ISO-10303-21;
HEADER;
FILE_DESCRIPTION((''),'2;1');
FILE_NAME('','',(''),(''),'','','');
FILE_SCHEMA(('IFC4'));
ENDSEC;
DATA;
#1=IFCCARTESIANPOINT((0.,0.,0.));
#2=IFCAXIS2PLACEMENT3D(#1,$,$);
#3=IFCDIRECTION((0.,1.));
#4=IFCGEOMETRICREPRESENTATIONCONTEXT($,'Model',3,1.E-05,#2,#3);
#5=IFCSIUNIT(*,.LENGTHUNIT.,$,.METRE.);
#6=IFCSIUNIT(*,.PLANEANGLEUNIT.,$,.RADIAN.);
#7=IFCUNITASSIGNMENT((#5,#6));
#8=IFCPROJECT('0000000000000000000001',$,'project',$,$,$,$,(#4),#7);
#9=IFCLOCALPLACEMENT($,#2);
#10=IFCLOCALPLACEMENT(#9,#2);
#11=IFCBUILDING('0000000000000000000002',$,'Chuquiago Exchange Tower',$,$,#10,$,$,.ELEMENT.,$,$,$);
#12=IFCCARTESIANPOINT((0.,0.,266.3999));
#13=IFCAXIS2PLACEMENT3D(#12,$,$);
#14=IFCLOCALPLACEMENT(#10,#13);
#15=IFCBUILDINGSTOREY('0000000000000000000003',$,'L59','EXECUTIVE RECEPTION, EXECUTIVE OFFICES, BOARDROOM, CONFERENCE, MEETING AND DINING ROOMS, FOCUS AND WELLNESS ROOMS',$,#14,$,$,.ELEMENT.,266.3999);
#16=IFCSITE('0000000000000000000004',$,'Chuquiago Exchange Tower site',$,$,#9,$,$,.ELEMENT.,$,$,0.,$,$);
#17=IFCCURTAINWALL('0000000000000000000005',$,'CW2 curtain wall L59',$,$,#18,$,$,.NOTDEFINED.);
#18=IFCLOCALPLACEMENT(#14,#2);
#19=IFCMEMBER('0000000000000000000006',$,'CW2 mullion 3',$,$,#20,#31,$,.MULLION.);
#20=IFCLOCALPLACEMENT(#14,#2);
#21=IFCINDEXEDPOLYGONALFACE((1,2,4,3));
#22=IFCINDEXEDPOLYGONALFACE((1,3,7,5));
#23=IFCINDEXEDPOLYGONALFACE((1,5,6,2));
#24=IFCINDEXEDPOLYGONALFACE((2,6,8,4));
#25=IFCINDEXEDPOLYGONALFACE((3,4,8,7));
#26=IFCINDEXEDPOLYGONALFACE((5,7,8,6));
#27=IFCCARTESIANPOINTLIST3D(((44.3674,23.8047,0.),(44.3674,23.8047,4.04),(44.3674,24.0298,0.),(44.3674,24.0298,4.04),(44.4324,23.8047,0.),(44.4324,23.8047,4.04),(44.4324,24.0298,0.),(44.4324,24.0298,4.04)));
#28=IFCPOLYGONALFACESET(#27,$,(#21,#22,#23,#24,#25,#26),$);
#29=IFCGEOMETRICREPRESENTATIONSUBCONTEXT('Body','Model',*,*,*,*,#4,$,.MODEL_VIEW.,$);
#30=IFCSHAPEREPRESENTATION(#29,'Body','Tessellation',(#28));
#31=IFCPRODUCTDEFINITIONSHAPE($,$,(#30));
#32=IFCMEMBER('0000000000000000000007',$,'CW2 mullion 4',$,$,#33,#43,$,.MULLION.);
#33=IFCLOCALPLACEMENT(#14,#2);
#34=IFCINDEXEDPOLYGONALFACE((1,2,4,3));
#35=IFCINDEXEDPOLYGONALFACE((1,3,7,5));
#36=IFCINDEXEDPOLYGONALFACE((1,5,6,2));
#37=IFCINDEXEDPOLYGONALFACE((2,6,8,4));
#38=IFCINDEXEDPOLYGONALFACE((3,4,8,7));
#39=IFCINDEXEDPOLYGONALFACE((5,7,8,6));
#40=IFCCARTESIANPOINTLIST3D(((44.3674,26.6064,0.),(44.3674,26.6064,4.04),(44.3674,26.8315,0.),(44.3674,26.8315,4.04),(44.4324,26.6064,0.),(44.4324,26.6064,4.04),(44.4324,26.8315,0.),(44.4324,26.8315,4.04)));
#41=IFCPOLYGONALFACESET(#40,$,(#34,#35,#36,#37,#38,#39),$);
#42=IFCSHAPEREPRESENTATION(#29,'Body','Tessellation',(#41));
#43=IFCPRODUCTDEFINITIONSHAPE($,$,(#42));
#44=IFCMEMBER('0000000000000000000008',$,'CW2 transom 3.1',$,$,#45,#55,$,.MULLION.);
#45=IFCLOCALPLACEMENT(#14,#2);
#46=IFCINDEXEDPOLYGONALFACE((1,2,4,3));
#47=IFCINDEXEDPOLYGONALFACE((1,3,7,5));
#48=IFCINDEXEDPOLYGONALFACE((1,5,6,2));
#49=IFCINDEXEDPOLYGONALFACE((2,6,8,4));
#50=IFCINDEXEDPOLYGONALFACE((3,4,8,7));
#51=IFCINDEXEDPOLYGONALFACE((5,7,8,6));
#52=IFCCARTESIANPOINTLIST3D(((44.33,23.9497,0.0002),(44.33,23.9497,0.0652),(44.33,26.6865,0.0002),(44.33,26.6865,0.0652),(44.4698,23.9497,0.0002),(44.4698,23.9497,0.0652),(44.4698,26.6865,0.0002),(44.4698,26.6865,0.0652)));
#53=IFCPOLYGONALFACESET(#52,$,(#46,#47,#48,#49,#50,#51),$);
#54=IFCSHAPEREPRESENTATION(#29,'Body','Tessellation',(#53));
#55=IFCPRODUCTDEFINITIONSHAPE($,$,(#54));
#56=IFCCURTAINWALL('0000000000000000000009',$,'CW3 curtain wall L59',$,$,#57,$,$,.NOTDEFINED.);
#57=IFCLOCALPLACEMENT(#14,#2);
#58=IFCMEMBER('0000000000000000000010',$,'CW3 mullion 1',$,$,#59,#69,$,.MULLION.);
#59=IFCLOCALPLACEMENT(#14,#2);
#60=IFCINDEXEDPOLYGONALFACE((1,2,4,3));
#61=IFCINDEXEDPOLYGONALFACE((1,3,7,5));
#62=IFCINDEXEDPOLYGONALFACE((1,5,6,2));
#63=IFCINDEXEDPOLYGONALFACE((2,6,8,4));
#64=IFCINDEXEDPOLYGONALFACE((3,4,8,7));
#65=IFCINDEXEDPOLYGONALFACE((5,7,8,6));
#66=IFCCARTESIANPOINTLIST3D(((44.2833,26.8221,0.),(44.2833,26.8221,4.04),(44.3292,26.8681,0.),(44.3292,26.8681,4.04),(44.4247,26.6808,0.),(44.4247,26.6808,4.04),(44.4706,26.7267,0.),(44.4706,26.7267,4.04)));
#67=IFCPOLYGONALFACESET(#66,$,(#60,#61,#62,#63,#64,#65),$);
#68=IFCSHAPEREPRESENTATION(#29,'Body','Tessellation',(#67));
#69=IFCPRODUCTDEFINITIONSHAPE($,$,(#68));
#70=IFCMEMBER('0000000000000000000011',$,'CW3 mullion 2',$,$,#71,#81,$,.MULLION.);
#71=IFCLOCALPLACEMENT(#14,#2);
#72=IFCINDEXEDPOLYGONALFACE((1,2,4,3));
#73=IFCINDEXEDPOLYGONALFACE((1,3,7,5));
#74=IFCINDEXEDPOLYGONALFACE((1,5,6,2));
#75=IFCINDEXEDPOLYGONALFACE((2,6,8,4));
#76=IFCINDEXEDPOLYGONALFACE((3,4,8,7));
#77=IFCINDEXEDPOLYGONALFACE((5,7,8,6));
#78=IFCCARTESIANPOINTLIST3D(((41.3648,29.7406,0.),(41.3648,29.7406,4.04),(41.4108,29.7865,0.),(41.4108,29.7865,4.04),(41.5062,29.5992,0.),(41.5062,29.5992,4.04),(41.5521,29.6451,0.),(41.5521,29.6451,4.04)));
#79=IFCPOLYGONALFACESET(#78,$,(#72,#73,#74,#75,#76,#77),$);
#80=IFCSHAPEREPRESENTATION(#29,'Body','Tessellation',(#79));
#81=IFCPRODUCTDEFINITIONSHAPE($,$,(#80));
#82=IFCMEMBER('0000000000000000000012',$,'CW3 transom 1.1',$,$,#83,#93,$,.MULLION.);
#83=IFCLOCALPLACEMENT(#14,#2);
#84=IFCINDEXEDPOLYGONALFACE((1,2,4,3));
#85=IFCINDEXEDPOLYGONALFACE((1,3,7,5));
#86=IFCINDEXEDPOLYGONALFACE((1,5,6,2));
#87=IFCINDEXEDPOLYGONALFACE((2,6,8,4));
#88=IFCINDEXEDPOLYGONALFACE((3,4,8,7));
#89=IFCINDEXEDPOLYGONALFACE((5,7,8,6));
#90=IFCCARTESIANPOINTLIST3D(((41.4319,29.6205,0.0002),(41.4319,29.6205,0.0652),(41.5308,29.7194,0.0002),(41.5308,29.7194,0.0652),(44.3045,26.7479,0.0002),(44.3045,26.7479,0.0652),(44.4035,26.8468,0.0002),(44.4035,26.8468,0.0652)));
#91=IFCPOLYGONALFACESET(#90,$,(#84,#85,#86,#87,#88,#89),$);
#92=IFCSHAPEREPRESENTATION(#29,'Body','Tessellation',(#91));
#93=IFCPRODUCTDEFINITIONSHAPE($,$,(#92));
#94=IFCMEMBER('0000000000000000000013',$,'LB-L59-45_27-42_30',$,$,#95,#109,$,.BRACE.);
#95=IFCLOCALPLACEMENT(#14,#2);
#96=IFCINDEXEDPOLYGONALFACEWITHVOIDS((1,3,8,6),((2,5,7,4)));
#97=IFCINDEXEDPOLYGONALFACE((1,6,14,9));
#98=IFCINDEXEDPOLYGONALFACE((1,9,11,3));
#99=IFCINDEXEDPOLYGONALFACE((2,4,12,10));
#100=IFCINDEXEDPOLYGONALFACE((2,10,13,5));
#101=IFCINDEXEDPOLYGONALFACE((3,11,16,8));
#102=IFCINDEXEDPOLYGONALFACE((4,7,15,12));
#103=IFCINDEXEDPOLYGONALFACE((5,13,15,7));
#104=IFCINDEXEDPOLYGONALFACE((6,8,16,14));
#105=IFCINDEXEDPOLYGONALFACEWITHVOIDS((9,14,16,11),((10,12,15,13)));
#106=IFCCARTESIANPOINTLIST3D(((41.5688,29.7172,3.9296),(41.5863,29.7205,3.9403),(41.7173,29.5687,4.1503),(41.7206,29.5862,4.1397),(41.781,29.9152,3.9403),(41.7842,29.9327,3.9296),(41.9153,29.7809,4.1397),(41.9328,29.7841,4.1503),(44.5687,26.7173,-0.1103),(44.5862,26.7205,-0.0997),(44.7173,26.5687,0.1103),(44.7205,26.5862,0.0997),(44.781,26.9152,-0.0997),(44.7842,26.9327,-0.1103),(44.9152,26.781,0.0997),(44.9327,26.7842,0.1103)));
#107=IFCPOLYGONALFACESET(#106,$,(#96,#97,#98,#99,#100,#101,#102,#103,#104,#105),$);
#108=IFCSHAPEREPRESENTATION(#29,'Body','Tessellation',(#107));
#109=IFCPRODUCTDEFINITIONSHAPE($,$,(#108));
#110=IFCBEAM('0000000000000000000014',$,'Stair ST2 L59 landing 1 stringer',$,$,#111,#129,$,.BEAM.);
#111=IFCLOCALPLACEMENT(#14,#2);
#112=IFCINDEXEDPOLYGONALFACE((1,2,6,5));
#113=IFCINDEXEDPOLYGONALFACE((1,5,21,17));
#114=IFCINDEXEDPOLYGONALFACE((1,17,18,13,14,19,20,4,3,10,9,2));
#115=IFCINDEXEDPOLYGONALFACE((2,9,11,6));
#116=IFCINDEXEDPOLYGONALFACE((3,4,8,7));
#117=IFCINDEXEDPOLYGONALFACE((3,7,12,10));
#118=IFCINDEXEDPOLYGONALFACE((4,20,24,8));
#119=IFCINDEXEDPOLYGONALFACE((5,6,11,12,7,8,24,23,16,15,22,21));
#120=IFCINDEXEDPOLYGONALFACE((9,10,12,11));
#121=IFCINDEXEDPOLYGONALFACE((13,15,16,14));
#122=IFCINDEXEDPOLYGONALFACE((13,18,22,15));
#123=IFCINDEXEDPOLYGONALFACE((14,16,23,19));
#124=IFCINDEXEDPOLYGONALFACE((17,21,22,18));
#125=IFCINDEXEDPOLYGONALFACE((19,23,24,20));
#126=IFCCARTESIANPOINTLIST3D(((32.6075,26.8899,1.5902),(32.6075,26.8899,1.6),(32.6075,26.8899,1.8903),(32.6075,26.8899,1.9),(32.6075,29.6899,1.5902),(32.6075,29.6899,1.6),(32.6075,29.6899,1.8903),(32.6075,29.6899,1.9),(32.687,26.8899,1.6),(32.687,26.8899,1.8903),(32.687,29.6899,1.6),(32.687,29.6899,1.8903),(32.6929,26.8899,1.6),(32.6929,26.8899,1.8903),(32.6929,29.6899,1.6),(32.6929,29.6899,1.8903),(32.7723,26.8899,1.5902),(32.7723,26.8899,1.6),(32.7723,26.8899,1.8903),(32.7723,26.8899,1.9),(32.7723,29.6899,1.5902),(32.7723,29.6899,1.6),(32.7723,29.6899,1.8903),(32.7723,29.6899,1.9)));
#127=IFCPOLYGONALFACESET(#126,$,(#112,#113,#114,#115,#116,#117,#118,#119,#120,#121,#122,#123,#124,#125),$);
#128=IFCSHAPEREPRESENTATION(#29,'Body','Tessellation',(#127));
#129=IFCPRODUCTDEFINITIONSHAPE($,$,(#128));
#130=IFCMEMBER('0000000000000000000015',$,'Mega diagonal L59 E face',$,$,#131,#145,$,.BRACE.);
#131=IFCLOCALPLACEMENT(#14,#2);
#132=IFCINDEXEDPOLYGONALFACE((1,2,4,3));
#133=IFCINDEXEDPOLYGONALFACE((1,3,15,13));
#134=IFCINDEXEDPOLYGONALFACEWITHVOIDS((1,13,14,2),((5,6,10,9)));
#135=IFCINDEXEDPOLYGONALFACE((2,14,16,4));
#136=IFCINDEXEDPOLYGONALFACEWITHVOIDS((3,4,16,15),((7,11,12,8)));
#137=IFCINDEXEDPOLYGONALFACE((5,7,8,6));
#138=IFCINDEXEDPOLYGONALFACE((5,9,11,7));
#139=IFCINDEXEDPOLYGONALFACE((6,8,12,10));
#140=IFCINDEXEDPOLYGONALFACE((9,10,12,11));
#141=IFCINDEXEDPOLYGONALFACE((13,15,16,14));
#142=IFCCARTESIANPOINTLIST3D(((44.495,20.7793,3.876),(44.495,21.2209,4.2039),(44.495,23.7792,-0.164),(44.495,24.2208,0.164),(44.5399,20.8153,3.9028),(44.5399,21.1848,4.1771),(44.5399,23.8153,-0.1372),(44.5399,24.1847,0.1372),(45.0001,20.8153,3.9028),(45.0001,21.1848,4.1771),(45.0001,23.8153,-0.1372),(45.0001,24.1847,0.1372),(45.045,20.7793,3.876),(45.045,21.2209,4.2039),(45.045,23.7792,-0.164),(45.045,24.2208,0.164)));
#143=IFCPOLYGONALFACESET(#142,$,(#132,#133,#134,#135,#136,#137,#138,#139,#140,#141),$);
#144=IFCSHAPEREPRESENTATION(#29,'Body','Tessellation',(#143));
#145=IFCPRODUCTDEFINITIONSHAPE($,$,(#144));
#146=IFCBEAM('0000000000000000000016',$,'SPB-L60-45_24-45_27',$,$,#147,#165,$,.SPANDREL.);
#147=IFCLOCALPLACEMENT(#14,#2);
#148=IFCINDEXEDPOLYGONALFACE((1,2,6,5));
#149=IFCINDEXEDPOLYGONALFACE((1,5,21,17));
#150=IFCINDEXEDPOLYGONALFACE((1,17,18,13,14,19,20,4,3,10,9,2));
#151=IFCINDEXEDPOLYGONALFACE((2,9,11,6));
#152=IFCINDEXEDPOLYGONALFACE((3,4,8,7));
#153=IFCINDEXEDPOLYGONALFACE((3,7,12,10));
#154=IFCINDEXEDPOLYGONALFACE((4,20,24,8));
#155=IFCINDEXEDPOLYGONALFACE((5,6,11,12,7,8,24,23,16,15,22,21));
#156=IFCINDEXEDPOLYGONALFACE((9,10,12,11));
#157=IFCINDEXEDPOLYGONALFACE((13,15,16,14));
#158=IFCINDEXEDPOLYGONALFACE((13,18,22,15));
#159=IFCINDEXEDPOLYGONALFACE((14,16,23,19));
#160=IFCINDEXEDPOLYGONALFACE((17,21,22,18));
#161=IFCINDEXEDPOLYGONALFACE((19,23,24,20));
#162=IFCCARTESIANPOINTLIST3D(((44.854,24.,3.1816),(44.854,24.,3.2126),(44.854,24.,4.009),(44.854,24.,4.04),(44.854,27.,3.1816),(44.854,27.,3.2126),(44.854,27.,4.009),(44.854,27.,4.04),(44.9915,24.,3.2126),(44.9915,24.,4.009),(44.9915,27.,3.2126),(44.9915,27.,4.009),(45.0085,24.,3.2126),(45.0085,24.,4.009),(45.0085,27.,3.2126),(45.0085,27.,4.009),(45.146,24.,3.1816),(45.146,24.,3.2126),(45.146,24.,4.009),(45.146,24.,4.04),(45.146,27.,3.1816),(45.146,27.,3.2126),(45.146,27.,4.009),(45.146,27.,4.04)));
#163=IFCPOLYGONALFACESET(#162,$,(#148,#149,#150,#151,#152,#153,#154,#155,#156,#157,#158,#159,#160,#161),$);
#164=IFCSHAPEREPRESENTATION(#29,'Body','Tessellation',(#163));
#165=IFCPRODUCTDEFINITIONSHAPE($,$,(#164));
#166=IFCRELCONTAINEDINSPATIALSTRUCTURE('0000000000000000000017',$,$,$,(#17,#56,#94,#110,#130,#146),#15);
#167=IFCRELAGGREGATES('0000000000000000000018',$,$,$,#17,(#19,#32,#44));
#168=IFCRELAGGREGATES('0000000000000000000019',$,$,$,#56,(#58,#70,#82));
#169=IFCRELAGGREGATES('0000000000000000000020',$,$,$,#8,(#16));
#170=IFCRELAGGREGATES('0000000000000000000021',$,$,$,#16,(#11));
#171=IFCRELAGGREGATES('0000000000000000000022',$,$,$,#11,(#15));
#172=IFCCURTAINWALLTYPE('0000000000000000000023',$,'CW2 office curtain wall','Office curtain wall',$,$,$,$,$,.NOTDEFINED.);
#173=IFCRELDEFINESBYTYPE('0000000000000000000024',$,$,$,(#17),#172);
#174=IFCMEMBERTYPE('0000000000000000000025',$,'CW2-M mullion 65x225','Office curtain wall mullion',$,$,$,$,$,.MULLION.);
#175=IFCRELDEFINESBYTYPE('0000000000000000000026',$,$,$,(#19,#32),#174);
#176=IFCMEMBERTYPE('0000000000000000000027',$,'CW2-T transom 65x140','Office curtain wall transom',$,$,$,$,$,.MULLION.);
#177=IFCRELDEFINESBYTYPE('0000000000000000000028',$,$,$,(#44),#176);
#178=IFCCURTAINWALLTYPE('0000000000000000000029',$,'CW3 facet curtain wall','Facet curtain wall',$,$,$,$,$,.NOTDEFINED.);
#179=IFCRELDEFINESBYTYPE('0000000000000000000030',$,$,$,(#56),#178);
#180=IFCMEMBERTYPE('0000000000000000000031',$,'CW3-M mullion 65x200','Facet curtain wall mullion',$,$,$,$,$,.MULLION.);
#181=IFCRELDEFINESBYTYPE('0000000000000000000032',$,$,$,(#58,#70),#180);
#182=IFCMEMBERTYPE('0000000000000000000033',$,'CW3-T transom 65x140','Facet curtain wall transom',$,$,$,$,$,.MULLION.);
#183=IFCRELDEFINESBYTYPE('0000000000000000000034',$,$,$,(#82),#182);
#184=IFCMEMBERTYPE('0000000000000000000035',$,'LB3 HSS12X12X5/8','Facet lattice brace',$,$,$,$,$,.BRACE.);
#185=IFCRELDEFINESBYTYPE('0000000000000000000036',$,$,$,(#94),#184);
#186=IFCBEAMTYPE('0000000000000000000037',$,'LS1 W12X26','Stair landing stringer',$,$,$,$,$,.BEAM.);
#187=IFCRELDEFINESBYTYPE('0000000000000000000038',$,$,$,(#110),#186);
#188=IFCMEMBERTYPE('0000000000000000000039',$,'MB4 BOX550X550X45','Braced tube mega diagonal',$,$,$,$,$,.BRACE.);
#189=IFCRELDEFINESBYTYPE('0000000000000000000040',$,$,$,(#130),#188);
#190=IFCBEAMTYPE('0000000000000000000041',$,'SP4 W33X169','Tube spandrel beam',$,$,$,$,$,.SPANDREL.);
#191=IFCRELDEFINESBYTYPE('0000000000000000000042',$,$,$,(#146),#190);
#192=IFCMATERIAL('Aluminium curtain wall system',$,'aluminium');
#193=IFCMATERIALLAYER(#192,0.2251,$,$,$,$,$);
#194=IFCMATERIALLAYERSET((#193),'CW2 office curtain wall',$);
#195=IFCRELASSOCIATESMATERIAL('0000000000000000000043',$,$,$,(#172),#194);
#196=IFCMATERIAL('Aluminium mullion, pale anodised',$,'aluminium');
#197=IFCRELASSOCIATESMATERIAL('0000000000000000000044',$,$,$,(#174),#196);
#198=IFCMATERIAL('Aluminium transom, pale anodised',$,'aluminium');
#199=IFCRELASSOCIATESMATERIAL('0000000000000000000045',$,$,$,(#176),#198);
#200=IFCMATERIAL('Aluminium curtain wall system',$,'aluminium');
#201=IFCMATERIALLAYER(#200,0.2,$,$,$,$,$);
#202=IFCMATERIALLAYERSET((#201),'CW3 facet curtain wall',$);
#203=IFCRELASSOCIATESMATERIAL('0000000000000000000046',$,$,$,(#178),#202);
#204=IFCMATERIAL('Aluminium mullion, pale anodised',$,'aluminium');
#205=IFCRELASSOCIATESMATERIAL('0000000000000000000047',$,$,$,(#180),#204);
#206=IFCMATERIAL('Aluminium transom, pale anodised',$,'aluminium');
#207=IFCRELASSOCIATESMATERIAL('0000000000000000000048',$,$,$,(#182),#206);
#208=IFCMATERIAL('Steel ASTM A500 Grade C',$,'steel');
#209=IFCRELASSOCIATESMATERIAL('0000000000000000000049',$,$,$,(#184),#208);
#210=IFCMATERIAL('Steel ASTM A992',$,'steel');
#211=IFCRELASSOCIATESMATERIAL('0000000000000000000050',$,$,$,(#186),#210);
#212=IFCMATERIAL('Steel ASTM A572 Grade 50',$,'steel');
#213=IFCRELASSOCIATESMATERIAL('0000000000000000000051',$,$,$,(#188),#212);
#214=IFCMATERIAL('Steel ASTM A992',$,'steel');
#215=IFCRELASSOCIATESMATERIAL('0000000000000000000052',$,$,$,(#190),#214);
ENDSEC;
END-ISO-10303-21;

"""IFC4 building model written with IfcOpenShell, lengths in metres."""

from ifc_helpers import new_model, si_unit, direction, frame, origin, origin_2d, place, context, subcontext, project, spatial, rectangle, hollow_rectangle, i_section, extrude, material, layer, layer_set, material_profile, profile_set, type_object, element, aggregate, save


model = new_model("IFC4")

# Units and contexts
model_context = context("Model", 3, precision=1e-05, world=origin(), true_north=direction((0.0, 1.0)))
body_context = subcontext(model_context, "Body", "Model", "MODEL_VIEW")
ifc_project = project(units=[si_unit("LENGTHUNIT", "METRE"), si_unit("PLANEANGLEUNIT", "RADIAN")], contexts=[model_context])

# Site, building, storey
site_placement = place(None, origin())
site = spatial("IfcSite", under=ifc_project, at=site_placement, Name="Chuquiago Exchange Tower site", CompositionType="ELEMENT", RefElevation=0.0)
building_placement = place(site_placement, origin())
building = spatial("IfcBuilding", under=site, at=building_placement, Name="Chuquiago Exchange Tower", CompositionType="ELEMENT")
storey_placement = place(building_placement, frame((0.0, 0.0, 266.3999)))
storey = spatial("IfcBuildingStorey", under=building, at=storey_placement, Name="L59", Description="EXECUTIVE RECEPTION, EXECUTIVE OFFICES, BOARDROOM, CONFERENCE, MEETING AND DINING ROOMS, FOCUS AND WELLNESS ROOMS", CompositionType="ELEMENT", Elevation=266.3999)

# Curtain walls, members
ifc_material_1 = material(Name="Aluminium curtain wall system", Category="aluminium")
ifc_layer_1 = layer(ifc_material_1, 0.2251)
ifc_layer_set_1 = layer_set([ifc_layer_1], Name="CW2 office curtain wall")
curtain_wall_type_1 = type_object("IfcCurtainWallType", Name="CW2 office curtain wall", Description="Office curtain wall", PredefinedType="NOTDEFINED", material=ifc_layer_set_1)
curtain_wall_1_placement = place(storey_placement, origin())
curtain_wall_1 = element("IfcCurtainWall", 1, at=curtain_wall_1_placement, inside=storey, type_object=curtain_wall_type_1, Name="CW2 curtain wall L59", PredefinedType="NOTDEFINED")
ifc_material_2 = material(Name="Aluminium mullion, pale anodised", Category="aluminium")
ifc_material_profile_1 = material_profile(ifc_material_2, rectangle(XDim=0.0649, YDim=0.2251, at=origin_2d()), Name="AL 65x225")
ifc_profile_set_1 = profile_set([ifc_material_profile_1], Name="Aluminium mullion, pale anodised")
member_type_1 = type_object("IfcMemberType", Name="CW2-M mullion 65x225", Description="Office curtain wall mullion", PredefinedType="MULLION", material=ifc_profile_set_1)
member_1_placement = place(storey_placement, frame((44.3999, 23.9172, 0.0), z_axis=(0.0, 0.0, 1.0), x_axis=(-1.0, 0.0, 0.0)))
member_1 = element("IfcMember", 2, at=member_1_placement, type_object=member_type_1, Name="CW2 mullion 3", PredefinedType="MULLION", context=body_context, shape_type="SweptSolid", body=[
    extrude(rectangle(XDim=0.0649, YDim=0.2251, at=origin_2d()), origin(), (0.0, 0.0, 1.0), 4.04),
])
member_2_placement = place(storey_placement, frame((44.3999, 26.719, 0.0), z_axis=(0.0, 0.0, 1.0), x_axis=(-1.0, 0.0, 0.0)))
member_2 = element("IfcMember", 3, at=member_2_placement, type_object=member_type_1, Name="CW2 mullion 4", PredefinedType="MULLION", context=body_context, shape_type="SweptSolid", body=[
    extrude(rectangle(XDim=0.0649, YDim=0.2251, at=origin_2d()), origin(), (0.0, 0.0, 1.0), 4.04),
])
ifc_material_3 = material(Name="Aluminium transom, pale anodised", Category="aluminium")
ifc_material_profile_2 = material_profile(ifc_material_3, rectangle(XDim=0.1399, YDim=0.0649, at=origin_2d()), Name="AL 140x65")
ifc_profile_set_2 = profile_set([ifc_material_profile_2], Name="Aluminium transom, pale anodised")
member_type_2 = type_object("IfcMemberType", Name="CW2-T transom 65x140", Description="Office curtain wall transom", PredefinedType="MULLION", material=ifc_profile_set_2)
member_3_placement = place(storey_placement, frame((44.3999, 23.9497, 0.0327), z_axis=(0.0, 1.0, 0.0), x_axis=(-1.0, 0.0, 0.0)))
member_3 = element("IfcMember", 4, at=member_3_placement, type_object=member_type_2, Name="CW2 transom 3.1", PredefinedType="MULLION", context=body_context, shape_type="SweptSolid", body=[
    extrude(rectangle(XDim=0.1399, YDim=0.0649, at=origin_2d()), origin(), (0.0, 0.0, 1.0), 2.7368),
])
ifc_material_4 = material(Name="Aluminium curtain wall system", Category="aluminium")
ifc_layer_2 = layer(ifc_material_4, 0.2)
ifc_layer_set_2 = layer_set([ifc_layer_2], Name="CW3 facet curtain wall")
curtain_wall_type_2 = type_object("IfcCurtainWallType", Name="CW3 facet curtain wall", Description="Facet curtain wall", PredefinedType="NOTDEFINED", material=ifc_layer_set_2)
curtain_wall_2_placement = place(storey_placement, origin())
curtain_wall_2 = element("IfcCurtainWall", 5, at=curtain_wall_2_placement, inside=storey, type_object=curtain_wall_type_2, Name="CW3 curtain wall L59", PredefinedType="NOTDEFINED")
ifc_material_5 = material(Name="Aluminium mullion, pale anodised", Category="aluminium")
ifc_material_profile_3 = material_profile(ifc_material_5, rectangle(XDim=0.0649, YDim=0.2, at=origin_2d()), Name="AL 65x200")
ifc_profile_set_3 = profile_set([ifc_material_profile_3], Name="Aluminium mullion, pale anodised")
member_type_3 = type_object("IfcMemberType", Name="CW3-M mullion 65x200", Description="Facet curtain wall mullion", PredefinedType="MULLION", material=ifc_profile_set_3)
member_4_placement = place(storey_placement, frame((44.377, 26.7744, 0.0), z_axis=(0.0, 0.0, 1.0), x_axis=(-0.707107, -0.707107, 0.0)))
member_4 = element("IfcMember", 6, at=member_4_placement, type_object=member_type_3, Name="CW3 mullion 1", PredefinedType="MULLION", context=body_context, shape_type="SweptSolid", body=[
    extrude(rectangle(XDim=0.0649, YDim=0.2, at=origin_2d()), origin(), (0.0, 0.0, 1.0), 4.04),
])
member_5_placement = place(storey_placement, frame((41.4585, 29.6929, 0.0), z_axis=(0.0, 0.0, 1.0), x_axis=(-0.707107, -0.707107, 0.0)))
member_5 = element("IfcMember", 7, at=member_5_placement, type_object=member_type_3, Name="CW3 mullion 2", PredefinedType="MULLION", context=body_context, shape_type="SweptSolid", body=[
    extrude(rectangle(XDim=0.0649, YDim=0.2, at=origin_2d()), origin(), (0.0, 0.0, 1.0), 4.04),
])
ifc_material_6 = material(Name="Aluminium transom, pale anodised", Category="aluminium")
ifc_material_profile_4 = material_profile(ifc_material_6, rectangle(XDim=0.1399, YDim=0.0649, at=origin_2d()), Name="AL 140x65")
ifc_profile_set_4 = profile_set([ifc_material_profile_4], Name="Aluminium transom, pale anodised")
member_type_4 = type_object("IfcMemberType", Name="CW3-T transom 65x140", Description="Facet curtain wall transom", PredefinedType="MULLION", material=ifc_profile_set_4)
member_6_placement = place(storey_placement, frame((44.354, 26.7974, 0.0327), z_axis=(-0.707107, 0.707107, 0.0), x_axis=(-0.707107, -0.707107, 0.0)))
member_6 = element("IfcMember", 8, at=member_6_placement, type_object=member_type_4, Name="CW3 transom 1.1", PredefinedType="MULLION", context=body_context, shape_type="SweptSolid", body=[
    extrude(rectangle(XDim=0.1399, YDim=0.0649, at=origin_2d()), origin(), (0.0, 0.0, 1.0), 4.0625),
])

# Member
ifc_material_7 = material(Name="Steel ASTM A500 Grade C", Category="steel")
ifc_material_profile_5 = material_profile(ifc_material_7, hollow_rectangle(XDim=0.3047, YDim=0.3047, WallThickness=0.0146, at=origin_2d()), Name="HSS12X12X5/8")
ifc_profile_set_5 = profile_set([ifc_material_profile_5], Name="Steel ASTM A500 Grade C")
member_type_5 = type_object("IfcMemberType", Name="LB3 HSS12X12X5/8", Description="Facet lattice brace", PredefinedType="BRACE", material=ifc_profile_set_5)
member_7_placement = place(storey_placement, frame((44.7507, 26.7507, 0.0), z_axis=(-0.512077, 0.512077, 0.689604), x_axis=(-0.707107, -0.707107, 0.0)))
element("IfcMember", 9, at=member_7_placement, inside=storey, type_object=member_type_5, Name="LB-L59-45_27-42_30", PredefinedType="BRACE", context=body_context, shape_type="SweptSolid", body=[
    extrude(hollow_rectangle(XDim=0.3047, YDim=0.3047, WallThickness=0.0146, at=origin_2d()), origin(), (0.0, 0.0, 1.0), 5.8584),
])

# Beam
ifc_material_8 = material(Name="Steel ASTM A992", Category="steel")
ifc_material_profile_6 = material_profile(ifc_material_8, i_section(OverallWidth=0.1648, OverallDepth=0.3098, WebThickness=0.0059, FlangeThickness=0.0098, at=origin_2d()), Name="W12X26")
ifc_profile_set_6 = profile_set([ifc_material_profile_6], Name="Steel ASTM A992")
beam_type_1 = type_object("IfcBeamType", Name="LS1 W12X26", Description="Stair landing stringer", PredefinedType="BEAM", material=ifc_profile_set_6)
beam_1_placement = place(storey_placement, frame((32.6899, 26.8899, 1.7451), z_axis=(0.0, 1.0, 0.0), x_axis=(-1.0, 0.0, 0.0)))
element("IfcBeam", 10, at=beam_1_placement, inside=storey, type_object=beam_type_1, Name="Stair ST2 L59 landing 1 stringer", PredefinedType="BEAM", context=body_context, shape_type="SweptSolid", body=[
    extrude(i_section(OverallWidth=0.1648, OverallDepth=0.3098, WebThickness=0.0059, FlangeThickness=0.0098, at=origin_2d()), origin(), (0.0, 0.0, 1.0), 2.8),
])

# Member
ifc_material_9 = material(Name="Steel ASTM A572 Grade 50", Category="steel")
ifc_material_profile_7 = material_profile(ifc_material_9, hollow_rectangle(XDim=0.55, YDim=0.55, WallThickness=0.0449, at=origin_2d()), Name="BOX550X550X45")
ifc_profile_set_7 = profile_set([ifc_material_profile_7], Name="Steel ASTM A572 Grade 50")
member_type_6 = type_object("IfcMemberType", Name="MB4 BOX550X550X45", Description="Braced tube mega diagonal", PredefinedType="BRACE", material=ifc_profile_set_7)
member_8_placement = place(storey_placement, frame((44.77, 24.0, 0.0), z_axis=(0.0, -0.596174, 0.802855), x_axis=(1.0, 0.0, 0.0)))
element("IfcMember", 11, at=member_8_placement, inside=storey, type_object=member_type_6, Name="Mega diagonal L59 E face", PredefinedType="BRACE", context=body_context, shape_type="SweptSolid", body=[
    extrude(hollow_rectangle(XDim=0.55, YDim=0.55, WallThickness=0.0449, at=origin_2d()), origin(), (0.0, 0.0, 1.0), 5.032),
])

# Beam
ifc_material_10 = material(Name="Steel ASTM A992", Category="steel")
ifc_material_profile_8 = material_profile(ifc_material_10, i_section(OverallWidth=0.292, OverallDepth=0.8584, WebThickness=0.0171, FlangeThickness=0.031, at=origin_2d()), Name="W33X169")
ifc_profile_set_8 = profile_set([ifc_material_profile_8], Name="Steel ASTM A992")
beam_type_2 = type_object("IfcBeamType", Name="SP4 W33X169", Description="Tube spandrel beam", PredefinedType="SPANDREL", material=ifc_profile_set_8)
beam_2_placement = place(storey_placement, frame((45.0, 24.0, 3.6108), z_axis=(0.0, 1.0, 0.0), x_axis=(-1.0, 0.0, 0.0)))
element("IfcBeam", 12, at=beam_2_placement, inside=storey, type_object=beam_type_2, Name="SPB-L60-45_24-45_27", PredefinedType="SPANDREL", context=body_context, shape_type="SweptSolid", body=[
    extrude(i_section(OverallWidth=0.292, OverallDepth=0.8584, WebThickness=0.0171, FlangeThickness=0.031, at=origin_2d()), origin(), (0.0, 0.0, 1.0), 3.0),
])

aggregate(curtain_wall_1, [member_1, member_2, member_3])
aggregate(curtain_wall_2, [member_4, member_5, member_6])

save(model, "model.ifc")
